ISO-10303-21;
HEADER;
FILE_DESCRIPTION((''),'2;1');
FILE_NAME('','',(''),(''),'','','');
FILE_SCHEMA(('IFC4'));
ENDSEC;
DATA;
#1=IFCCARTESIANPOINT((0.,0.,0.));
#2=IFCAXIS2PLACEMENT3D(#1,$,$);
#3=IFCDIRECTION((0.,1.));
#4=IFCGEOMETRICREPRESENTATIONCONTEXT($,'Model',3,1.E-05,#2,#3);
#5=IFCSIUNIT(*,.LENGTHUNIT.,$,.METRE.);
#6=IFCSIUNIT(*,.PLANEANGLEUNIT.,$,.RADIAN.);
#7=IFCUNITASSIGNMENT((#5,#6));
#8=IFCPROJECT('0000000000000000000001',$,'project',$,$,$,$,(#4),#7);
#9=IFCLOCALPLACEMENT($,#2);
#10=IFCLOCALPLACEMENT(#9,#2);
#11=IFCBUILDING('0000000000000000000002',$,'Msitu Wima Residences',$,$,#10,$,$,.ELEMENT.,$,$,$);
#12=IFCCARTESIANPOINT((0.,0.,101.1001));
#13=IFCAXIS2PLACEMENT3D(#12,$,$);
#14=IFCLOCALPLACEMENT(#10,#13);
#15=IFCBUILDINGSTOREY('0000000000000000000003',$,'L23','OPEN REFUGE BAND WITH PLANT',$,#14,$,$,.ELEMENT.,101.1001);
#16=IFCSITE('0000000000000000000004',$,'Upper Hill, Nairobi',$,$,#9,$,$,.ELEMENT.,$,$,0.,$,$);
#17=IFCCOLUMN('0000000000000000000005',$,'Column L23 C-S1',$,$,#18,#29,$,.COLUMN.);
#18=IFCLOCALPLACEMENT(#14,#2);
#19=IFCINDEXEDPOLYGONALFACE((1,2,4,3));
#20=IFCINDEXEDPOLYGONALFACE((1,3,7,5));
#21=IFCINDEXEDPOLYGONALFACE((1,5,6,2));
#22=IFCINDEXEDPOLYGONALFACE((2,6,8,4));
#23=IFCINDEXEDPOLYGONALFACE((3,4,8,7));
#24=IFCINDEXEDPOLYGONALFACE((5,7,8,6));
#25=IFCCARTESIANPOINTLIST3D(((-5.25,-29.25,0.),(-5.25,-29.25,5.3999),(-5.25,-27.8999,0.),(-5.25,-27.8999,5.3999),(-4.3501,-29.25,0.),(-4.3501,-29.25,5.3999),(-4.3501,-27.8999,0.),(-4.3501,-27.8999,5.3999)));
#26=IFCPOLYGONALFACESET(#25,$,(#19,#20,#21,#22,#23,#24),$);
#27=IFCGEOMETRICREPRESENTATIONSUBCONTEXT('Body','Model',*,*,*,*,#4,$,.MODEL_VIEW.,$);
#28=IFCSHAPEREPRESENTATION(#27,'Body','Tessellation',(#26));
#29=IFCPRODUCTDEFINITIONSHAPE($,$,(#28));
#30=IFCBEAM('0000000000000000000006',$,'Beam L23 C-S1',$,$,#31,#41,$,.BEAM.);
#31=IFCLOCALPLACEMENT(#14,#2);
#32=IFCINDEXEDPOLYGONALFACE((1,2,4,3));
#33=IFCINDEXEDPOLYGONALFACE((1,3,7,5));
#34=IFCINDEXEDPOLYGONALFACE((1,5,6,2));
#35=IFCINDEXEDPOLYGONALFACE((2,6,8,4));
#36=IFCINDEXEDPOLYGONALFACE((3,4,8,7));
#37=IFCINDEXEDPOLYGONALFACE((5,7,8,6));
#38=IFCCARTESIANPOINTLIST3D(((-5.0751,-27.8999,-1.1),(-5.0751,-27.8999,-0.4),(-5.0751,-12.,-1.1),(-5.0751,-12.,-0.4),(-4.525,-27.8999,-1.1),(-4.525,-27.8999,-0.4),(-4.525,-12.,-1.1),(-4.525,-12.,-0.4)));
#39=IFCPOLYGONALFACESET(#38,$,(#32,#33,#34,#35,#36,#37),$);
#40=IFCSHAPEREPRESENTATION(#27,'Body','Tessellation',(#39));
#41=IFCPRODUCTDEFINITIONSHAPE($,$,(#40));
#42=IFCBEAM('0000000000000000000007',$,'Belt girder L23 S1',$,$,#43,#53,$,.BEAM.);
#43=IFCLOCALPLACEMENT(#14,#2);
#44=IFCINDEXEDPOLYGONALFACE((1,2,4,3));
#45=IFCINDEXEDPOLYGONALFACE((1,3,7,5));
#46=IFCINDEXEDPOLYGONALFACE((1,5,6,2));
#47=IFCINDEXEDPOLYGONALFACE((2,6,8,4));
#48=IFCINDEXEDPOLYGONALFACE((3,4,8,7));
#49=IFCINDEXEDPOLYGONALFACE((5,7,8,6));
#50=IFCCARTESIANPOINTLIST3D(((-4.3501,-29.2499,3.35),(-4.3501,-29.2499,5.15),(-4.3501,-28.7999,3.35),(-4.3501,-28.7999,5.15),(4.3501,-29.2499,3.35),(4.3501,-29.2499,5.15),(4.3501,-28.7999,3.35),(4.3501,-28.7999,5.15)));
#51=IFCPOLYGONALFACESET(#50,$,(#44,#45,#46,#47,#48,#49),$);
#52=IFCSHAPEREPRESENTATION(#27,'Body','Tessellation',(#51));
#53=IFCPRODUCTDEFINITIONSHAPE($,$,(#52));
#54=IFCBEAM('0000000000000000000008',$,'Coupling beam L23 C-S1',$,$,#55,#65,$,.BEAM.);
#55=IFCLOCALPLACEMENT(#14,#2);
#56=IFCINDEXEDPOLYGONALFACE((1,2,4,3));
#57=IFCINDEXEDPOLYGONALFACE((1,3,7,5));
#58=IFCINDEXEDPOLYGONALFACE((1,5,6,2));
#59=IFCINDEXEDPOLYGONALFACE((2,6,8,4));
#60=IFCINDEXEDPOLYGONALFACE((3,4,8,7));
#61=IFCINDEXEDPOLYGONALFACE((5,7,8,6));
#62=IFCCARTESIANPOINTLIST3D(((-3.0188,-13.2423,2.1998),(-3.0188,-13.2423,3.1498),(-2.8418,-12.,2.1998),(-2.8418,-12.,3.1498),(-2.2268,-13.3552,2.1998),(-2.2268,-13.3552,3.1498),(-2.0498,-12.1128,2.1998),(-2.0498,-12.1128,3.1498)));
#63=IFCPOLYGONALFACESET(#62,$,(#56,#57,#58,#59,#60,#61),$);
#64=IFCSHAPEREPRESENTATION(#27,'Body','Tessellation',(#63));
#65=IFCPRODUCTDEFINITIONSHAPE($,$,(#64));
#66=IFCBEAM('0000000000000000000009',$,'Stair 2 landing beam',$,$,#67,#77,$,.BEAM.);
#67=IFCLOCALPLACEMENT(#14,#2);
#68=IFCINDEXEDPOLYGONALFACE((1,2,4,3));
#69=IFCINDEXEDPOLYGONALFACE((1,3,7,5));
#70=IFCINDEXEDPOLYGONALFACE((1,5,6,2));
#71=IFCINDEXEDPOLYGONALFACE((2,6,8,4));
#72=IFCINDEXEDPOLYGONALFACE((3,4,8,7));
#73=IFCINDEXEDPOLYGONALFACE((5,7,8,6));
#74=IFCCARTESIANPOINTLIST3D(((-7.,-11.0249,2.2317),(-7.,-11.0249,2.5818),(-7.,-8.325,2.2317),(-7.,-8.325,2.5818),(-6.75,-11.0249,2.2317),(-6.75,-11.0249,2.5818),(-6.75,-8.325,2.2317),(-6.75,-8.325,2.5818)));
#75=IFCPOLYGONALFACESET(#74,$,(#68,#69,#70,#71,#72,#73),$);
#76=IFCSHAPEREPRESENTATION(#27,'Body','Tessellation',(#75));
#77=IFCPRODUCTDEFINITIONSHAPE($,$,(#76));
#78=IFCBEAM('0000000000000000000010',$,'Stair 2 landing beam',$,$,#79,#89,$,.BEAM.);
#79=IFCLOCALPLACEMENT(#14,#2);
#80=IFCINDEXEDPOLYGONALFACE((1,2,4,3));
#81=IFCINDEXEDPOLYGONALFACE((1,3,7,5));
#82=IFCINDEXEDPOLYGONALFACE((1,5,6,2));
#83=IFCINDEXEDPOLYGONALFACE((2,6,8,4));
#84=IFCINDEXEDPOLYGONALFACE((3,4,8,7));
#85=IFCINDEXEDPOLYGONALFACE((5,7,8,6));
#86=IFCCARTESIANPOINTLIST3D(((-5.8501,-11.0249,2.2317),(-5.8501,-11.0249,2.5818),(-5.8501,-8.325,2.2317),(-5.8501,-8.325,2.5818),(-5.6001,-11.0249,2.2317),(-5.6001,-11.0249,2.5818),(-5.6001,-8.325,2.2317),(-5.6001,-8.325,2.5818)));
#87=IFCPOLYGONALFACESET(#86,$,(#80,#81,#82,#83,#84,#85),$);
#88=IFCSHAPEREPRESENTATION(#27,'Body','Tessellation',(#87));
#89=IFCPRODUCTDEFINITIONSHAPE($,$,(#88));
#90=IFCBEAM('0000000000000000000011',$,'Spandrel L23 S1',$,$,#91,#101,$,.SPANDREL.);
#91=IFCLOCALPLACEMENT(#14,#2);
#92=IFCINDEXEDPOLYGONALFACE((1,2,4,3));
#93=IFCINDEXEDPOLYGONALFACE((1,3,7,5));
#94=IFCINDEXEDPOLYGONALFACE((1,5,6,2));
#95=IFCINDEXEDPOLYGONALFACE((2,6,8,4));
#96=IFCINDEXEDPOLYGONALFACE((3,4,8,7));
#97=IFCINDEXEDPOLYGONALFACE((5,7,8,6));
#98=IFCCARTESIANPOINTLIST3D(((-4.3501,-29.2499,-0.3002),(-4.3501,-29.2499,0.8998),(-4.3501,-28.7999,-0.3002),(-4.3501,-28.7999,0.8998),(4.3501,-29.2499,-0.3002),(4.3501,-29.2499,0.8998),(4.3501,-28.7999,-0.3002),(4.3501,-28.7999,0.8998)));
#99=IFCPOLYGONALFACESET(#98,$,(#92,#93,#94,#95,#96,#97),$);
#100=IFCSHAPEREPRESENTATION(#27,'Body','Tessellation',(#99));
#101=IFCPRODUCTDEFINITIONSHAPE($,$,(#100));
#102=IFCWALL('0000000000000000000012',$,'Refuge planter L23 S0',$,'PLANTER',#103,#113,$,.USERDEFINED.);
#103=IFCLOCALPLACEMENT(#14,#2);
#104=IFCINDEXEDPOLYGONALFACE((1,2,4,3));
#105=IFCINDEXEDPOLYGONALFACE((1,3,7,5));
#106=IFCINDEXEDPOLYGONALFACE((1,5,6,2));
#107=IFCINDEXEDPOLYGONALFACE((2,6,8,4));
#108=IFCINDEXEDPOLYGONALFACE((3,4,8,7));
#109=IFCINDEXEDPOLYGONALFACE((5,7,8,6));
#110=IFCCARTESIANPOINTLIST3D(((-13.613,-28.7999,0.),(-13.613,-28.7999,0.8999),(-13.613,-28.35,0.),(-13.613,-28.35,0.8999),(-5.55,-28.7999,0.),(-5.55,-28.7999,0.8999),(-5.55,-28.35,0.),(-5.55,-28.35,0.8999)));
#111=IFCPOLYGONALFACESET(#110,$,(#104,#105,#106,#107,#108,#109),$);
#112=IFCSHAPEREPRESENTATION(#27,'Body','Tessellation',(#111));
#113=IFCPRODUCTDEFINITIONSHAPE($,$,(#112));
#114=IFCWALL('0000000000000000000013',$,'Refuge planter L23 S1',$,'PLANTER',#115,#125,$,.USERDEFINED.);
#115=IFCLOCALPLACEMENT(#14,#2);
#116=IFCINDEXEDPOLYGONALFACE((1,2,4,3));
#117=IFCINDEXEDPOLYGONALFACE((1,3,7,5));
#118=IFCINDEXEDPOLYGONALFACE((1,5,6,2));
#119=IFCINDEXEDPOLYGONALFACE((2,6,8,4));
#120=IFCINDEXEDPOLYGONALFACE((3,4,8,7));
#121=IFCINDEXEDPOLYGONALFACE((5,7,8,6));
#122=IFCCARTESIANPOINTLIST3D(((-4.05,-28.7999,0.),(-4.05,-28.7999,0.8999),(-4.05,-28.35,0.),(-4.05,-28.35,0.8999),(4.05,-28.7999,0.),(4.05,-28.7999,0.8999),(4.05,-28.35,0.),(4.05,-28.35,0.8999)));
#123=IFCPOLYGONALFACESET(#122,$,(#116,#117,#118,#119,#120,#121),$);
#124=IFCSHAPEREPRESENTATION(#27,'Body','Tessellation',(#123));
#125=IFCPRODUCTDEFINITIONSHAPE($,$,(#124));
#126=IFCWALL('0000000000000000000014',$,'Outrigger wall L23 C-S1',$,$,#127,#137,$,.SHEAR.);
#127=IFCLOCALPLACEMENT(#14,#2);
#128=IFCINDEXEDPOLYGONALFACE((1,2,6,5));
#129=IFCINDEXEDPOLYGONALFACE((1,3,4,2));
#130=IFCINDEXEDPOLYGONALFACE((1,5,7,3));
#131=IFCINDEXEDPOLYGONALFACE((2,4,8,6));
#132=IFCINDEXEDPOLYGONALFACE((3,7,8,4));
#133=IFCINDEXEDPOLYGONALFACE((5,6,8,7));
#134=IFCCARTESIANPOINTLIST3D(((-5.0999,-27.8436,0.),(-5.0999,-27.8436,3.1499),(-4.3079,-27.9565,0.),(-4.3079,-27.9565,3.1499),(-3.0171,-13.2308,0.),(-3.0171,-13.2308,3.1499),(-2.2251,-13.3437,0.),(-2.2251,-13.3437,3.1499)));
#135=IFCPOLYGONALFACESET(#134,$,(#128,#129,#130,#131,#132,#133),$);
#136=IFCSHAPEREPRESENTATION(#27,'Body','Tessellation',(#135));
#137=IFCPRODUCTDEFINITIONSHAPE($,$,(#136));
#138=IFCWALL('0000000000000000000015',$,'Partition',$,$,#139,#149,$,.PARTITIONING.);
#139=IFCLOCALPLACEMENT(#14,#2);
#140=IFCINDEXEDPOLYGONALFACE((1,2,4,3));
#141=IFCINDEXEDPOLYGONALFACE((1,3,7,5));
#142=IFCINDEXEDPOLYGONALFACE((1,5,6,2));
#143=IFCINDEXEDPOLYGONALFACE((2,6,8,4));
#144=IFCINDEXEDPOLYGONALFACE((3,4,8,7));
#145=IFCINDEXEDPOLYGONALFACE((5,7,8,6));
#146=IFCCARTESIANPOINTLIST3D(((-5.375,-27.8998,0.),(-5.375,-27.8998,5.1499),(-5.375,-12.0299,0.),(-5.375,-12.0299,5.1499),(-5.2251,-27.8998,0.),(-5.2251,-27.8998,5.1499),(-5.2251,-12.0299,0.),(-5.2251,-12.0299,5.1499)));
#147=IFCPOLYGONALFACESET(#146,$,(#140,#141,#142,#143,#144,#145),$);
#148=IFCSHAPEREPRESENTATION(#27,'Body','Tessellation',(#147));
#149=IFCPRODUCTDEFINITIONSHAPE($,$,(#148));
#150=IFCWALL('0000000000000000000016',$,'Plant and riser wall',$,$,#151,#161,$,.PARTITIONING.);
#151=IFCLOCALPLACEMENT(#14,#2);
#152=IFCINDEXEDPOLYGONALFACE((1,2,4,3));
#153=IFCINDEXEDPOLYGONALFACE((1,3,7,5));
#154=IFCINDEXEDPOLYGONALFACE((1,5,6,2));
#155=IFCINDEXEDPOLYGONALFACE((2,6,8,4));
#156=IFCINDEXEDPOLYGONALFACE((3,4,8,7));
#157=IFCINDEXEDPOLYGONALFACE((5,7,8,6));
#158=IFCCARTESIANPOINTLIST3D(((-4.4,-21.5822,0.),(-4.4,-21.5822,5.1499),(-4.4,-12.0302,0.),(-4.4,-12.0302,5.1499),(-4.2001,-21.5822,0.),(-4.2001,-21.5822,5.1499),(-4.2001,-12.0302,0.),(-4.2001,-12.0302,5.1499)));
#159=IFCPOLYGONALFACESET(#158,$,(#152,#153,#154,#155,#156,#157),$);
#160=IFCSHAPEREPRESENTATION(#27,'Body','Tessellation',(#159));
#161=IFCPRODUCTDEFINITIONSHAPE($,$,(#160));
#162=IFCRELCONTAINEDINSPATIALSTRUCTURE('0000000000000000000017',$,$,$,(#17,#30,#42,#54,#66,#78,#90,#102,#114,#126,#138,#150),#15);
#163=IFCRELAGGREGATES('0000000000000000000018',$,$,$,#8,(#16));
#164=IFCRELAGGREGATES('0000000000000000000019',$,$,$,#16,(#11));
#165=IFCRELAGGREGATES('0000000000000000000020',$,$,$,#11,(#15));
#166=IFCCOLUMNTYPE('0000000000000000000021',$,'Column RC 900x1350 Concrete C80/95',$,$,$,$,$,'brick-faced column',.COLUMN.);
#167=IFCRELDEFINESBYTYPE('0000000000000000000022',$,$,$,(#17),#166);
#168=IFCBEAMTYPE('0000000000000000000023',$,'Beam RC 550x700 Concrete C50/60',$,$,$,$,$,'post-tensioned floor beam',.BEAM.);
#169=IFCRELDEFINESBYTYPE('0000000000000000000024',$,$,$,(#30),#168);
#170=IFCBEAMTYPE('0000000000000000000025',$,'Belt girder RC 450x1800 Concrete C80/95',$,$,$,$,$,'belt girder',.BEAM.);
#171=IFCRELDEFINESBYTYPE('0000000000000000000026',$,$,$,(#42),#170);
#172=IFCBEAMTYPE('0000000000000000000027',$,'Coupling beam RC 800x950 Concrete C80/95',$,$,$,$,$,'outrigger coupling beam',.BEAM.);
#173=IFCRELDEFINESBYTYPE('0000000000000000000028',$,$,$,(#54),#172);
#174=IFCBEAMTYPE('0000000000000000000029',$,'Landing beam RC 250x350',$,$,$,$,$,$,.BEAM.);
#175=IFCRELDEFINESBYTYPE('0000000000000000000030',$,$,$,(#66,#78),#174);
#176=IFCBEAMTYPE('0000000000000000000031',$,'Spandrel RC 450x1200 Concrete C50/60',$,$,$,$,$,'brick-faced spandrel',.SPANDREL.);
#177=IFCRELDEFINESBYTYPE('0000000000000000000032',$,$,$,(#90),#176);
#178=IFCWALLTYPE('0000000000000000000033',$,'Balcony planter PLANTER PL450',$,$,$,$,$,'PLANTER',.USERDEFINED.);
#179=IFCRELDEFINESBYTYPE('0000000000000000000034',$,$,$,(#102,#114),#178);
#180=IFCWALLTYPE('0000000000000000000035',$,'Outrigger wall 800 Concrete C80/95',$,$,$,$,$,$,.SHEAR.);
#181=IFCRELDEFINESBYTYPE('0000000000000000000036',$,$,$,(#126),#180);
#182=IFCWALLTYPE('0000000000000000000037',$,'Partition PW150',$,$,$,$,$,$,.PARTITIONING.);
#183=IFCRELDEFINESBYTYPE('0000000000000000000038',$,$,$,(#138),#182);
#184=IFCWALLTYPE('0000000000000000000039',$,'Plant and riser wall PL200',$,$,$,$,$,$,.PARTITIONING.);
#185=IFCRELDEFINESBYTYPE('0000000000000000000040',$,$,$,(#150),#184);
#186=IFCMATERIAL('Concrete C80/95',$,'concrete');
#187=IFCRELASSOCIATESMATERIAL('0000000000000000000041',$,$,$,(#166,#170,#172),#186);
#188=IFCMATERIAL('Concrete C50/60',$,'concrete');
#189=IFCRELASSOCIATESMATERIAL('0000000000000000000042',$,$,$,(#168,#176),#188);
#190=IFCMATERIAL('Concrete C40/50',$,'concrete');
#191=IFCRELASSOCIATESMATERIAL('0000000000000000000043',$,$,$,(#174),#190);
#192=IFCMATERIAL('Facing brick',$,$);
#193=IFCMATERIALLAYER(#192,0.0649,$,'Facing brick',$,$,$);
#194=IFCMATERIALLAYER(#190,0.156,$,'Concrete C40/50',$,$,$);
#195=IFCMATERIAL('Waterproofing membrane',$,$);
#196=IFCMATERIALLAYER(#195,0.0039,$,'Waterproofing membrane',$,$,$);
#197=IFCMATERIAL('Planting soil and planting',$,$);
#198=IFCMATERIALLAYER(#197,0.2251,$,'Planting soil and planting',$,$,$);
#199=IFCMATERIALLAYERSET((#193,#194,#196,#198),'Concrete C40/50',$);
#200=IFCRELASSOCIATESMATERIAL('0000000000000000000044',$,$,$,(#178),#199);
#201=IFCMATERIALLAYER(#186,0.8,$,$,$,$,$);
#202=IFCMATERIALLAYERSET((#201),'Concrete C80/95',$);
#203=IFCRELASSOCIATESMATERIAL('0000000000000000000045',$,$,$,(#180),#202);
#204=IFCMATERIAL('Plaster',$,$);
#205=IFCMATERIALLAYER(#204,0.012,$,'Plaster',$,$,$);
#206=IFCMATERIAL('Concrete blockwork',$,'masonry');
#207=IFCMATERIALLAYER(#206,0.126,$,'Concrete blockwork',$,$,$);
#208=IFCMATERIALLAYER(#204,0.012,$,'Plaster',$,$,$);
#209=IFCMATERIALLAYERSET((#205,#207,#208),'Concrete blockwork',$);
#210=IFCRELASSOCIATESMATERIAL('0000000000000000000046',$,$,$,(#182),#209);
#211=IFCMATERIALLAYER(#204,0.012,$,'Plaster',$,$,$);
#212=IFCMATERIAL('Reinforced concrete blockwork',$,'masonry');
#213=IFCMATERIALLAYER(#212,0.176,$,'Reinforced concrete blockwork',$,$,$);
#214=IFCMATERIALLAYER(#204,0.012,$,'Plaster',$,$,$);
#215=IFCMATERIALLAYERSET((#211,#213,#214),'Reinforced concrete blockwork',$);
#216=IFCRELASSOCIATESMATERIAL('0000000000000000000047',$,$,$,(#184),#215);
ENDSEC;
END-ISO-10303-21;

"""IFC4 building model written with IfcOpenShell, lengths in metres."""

from ifc_helpers import new_model, si_unit, direction, frame, frame_2d, origin, origin_2d, place, context, subcontext, project, spatial, rectangle, extrude, material, layer, layer_set, material_profile, profile_set, type_object, element, save


model = new_model("IFC4")

# Units and contexts
model_context = context("Model", 3, precision=1e-05, world=origin(), true_north=direction((0.0, 1.0)))
body_context = subcontext(model_context, "Body", "Model", "MODEL_VIEW")
ifc_project = project(units=[si_unit("LENGTHUNIT", "METRE"), si_unit("PLANEANGLEUNIT", "RADIAN")], contexts=[model_context])

# Site, building, storey
site_placement = place(None, origin())
site = spatial("IfcSite", under=ifc_project, at=site_placement, Name="Upper Hill, Nairobi", CompositionType="ELEMENT", RefElevation=0.0)
building_placement = place(site_placement, origin())
building = spatial("IfcBuilding", under=site, at=building_placement, Name="Msitu Wima Residences", CompositionType="ELEMENT")
storey_placement = place(building_placement, frame((0.0, 0.0, 101.1001)))
storey = spatial("IfcBuildingStorey", under=building, at=storey_placement, Name="L23", Description="OPEN REFUGE BAND WITH PLANT", CompositionType="ELEMENT", Elevation=101.1001)

# Column
ifc_material_1 = material(Name="Concrete C80/95", Category="concrete")
ifc_material_profile_1 = material_profile(ifc_material_1, rectangle(XDim=0.8999, YDim=1.3501, at=origin_2d()), Name="RC 900x1350")
ifc_profile_set_1 = profile_set([ifc_material_profile_1], Name="Concrete C80/95")
column_type = type_object("IfcColumnType", Name="Column RC 900x1350 Concrete C80/95", ElementType="brick-faced column", PredefinedType="COLUMN", material=ifc_profile_set_1)
column_placement = place(storey_placement, frame((-4.8, -28.575, 0.0), z_axis=(0.0, 0.0, 1.0), x_axis=(1.0, 0.0, 0.0)))
element("IfcColumn", 1, at=column_placement, inside=storey, type_object=column_type, Name="Column L23 C-S1", PredefinedType="COLUMN", context=body_context, shape_type="SweptSolid", body=[
    extrude(rectangle(XDim=0.8999, YDim=1.3501, at=origin_2d()), origin(), (0.0, 0.0, 1.0), 5.3999),
])

# Beams
ifc_material_2 = material(Name="Concrete C50/60", Category="concrete")
ifc_material_profile_2 = material_profile(ifc_material_2, rectangle(XDim=0.55, YDim=0.7, at=origin_2d()), Name="RC 550x700")
ifc_profile_set_2 = profile_set([ifc_material_profile_2], Name="Concrete C50/60")
beam_type_1 = type_object("IfcBeamType", Name="Beam RC 550x700 Concrete C50/60", ElementType="post-tensioned floor beam", PredefinedType="BEAM", material=ifc_profile_set_2)
beam_1_placement = place(storey_placement, frame((-4.8, -27.8999, -0.75), z_axis=(0.0, 1.0, 0.0), x_axis=(-1.0, 0.0, 0.0)))
element("IfcBeam", 2, at=beam_1_placement, inside=storey, type_object=beam_type_1, Name="Beam L23 C-S1", PredefinedType="BEAM", context=body_context, shape_type="SweptSolid", body=[
    extrude(rectangle(XDim=0.55, YDim=0.7, at=origin_2d()), origin(), (0.0, 0.0, 1.0), 15.8999),
])
ifc_material_profile_3 = material_profile(ifc_material_1, rectangle(XDim=0.45, YDim=1.8, at=origin_2d()), Name="RC 450x1800")
ifc_profile_set_3 = profile_set([ifc_material_profile_3], Name="Concrete C80/95")
beam_type_2 = type_object("IfcBeamType", Name="Belt girder RC 450x1800 Concrete C80/95", ElementType="belt girder", PredefinedType="BEAM", material=ifc_profile_set_3)
beam_2_placement = place(storey_placement, frame((-4.3501, -29.0249, 4.25), z_axis=(1.0, 0.0, 0.0), x_axis=(0.0, 1.0, 0.0)))
element("IfcBeam", 3, at=beam_2_placement, inside=storey, type_object=beam_type_2, Name="Belt girder L23 S1", PredefinedType="BEAM", context=body_context, shape_type="SweptSolid", body=[
    extrude(rectangle(XDim=0.45, YDim=1.8, at=origin_2d()), origin(), (0.0, 0.0, 1.0), 8.7002),
])
ifc_material_profile_4 = material_profile(ifc_material_1, rectangle(XDim=0.8, YDim=0.95, at=origin_2d()), Name="RC 800x950")
ifc_profile_set_4 = profile_set([ifc_material_profile_4], Name="Concrete C80/95")
beam_type_3 = type_object("IfcBeamType", Name="Coupling beam RC 800x950 Concrete C80/95", ElementType="outrigger coupling beam", PredefinedType="BEAM", material=ifc_profile_set_4)
beam_3_placement = place(storey_placement, frame((-2.4458, -12.0564, 2.6748), z_axis=(-0.14104, -0.990004, 0.0), x_axis=(0.990004, -0.14104, 0.0)))
element("IfcBeam", 4, at=beam_3_placement, inside=storey, type_object=beam_type_3, Name="Coupling beam L23 C-S1", PredefinedType="BEAM", context=body_context, shape_type="SweptSolid", body=[
    extrude(rectangle(XDim=0.8, YDim=0.95, at=origin_2d()), origin(), (0.0, 0.0, 1.0), 1.2549),
])
ifc_material_3 = material(Name="Concrete C40/50", Category="concrete")
ifc_material_profile_5 = material_profile(ifc_material_3, rectangle(XDim=0.25, YDim=0.3501, at=origin_2d()), Name="RC 250x350")
ifc_profile_set_5 = profile_set([ifc_material_profile_5], Name="Concrete C40/50")
beam_type_4 = type_object("IfcBeamType", Name="Landing beam RC 250x350", PredefinedType="BEAM", material=ifc_profile_set_5)
for number, where, z_axis, x_axis, name in (
    (5, (-6.875, -11.0249, 2.4067), (0.0, 1.0, 0.0), (-1.0, 0.0, 0.0), "Stair 2 landing beam"),
    (6, (-5.7251, -11.0249, 2.4067), (0.0, 1.0, 0.0), (-1.0, 0.0, 0.0), "Stair 2 landing beam"),
):
    element("IfcBeam", number, at=place(storey_placement, frame(where, z_axis=z_axis, x_axis=x_axis)), inside=storey, type_object=beam_type_4, Name=name, PredefinedType="BEAM", context=body_context, shape_type="SweptSolid", body=[
        extrude(rectangle(XDim=0.25, YDim=0.3501, at=origin_2d()), origin(), (0.0, 0.0, 1.0), 2.7),
    ])
ifc_material_profile_6 = material_profile(ifc_material_2, rectangle(XDim=0.45, YDim=1.2, at=origin_2d()), Name="RC 450x1200")
ifc_profile_set_6 = profile_set([ifc_material_profile_6], Name="Concrete C50/60")
beam_type_5 = type_object("IfcBeamType", Name="Spandrel RC 450x1200 Concrete C50/60", ElementType="brick-faced spandrel", PredefinedType="SPANDREL", material=ifc_profile_set_6)
beam_4_placement = place(storey_placement, frame((-4.3501, -29.0249, 0.2998), z_axis=(1.0, 0.0, 0.0), x_axis=(0.0, 1.0, 0.0)))
element("IfcBeam", 7, at=beam_4_placement, inside=storey, type_object=beam_type_5, Name="Spandrel L23 S1", PredefinedType="SPANDREL", context=body_context, shape_type="SweptSolid", body=[
    extrude(rectangle(XDim=0.45, YDim=1.2, at=origin_2d()), origin(), (0.0, 0.0, 1.0), 8.7002),
])

# Walls
ifc_material_4 = material(Name="Facing brick")
ifc_layer_1 = layer(ifc_material_4, 0.0649, Name="Facing brick")
ifc_layer_2 = layer(ifc_material_3, 0.156, Name="Concrete C40/50")
ifc_material_5 = material(Name="Waterproofing membrane")
ifc_layer_3 = layer(ifc_material_5, 0.0039, Name="Waterproofing membrane")
ifc_material_6 = material(Name="Planting soil and planting")
ifc_layer_4 = layer(ifc_material_6, 0.2251, Name="Planting soil and planting")
ifc_layer_set_1 = layer_set([ifc_layer_1, ifc_layer_2, ifc_layer_3, ifc_layer_4], Name="Concrete C40/50")
wall_type_1 = type_object("IfcWallType", Name="Balcony planter PLANTER PL450", ElementType="PLANTER", PredefinedType="USERDEFINED", material=ifc_layer_set_1)
wall_1_placement = place(storey_placement, frame((-13.613, -28.575, 0.0), z_axis=(0.0, 0.0, 1.0), x_axis=(1.0, 0.0, 0.0)))
element("IfcWall", 8, at=wall_1_placement, inside=storey, type_object=wall_type_1, Name="Refuge planter L23 S0", ObjectType="PLANTER", PredefinedType="USERDEFINED", context=body_context, shape_type="SweptSolid", body=[
    extrude(rectangle(XDim=8.063, YDim=0.45, at=frame_2d((4.0315, 0.0))), origin(), (0.0, 0.0, 1.0), 0.8999),
])
wall_2_placement = place(storey_placement, frame((-4.05, -28.575, 0.0), z_axis=(0.0, 0.0, 1.0), x_axis=(1.0, 0.0, 0.0)))
element("IfcWall", 9, at=wall_2_placement, inside=storey, type_object=wall_type_1, Name="Refuge planter L23 S1", ObjectType="PLANTER", PredefinedType="USERDEFINED", context=body_context, shape_type="SweptSolid", body=[
    extrude(rectangle(XDim=8.1001, YDim=0.45, at=frame_2d((4.05, 0.0))), origin(), (0.0, 0.0, 1.0), 0.8999),
])

# Walls
ifc_layer_5 = layer(ifc_material_1, 0.8)
ifc_layer_set_2 = layer_set([ifc_layer_5], Name="Concrete C80/95")
wall_type_2 = type_object("IfcWallType", Name="Outrigger wall 800 Concrete C80/95", PredefinedType="SHEAR", material=ifc_layer_set_2)
wall_3_placement = place(storey_placement, frame((-2.6211, -13.2871, 0.0), z_axis=(0.0, 0.0, 1.0), x_axis=(-0.141104, -0.989995, 0.0)))
element("IfcWall", 10, at=wall_3_placement, inside=storey, type_object=wall_type_2, Name="Outrigger wall L23 C-S1", PredefinedType="SHEAR", context=body_context, shape_type="SweptSolid", body=[
    extrude(rectangle(XDim=14.7605, YDim=0.8, at=frame_2d((7.3804, 0.0))), origin(), (0.0, 0.0, 1.0), 3.1499),
])
ifc_material_7 = material(Name="Plaster")
ifc_layer_6 = layer(ifc_material_7, 0.012, Name="Plaster")
ifc_material_8 = material(Name="Concrete blockwork", Category="masonry")
ifc_layer_7 = layer(ifc_material_8, 0.126, Name="Concrete blockwork")
ifc_layer_8 = layer(ifc_material_7, 0.012, Name="Plaster")
ifc_layer_set_3 = layer_set([ifc_layer_6, ifc_layer_7, ifc_layer_8], Name="Concrete blockwork")
wall_type_3 = type_object("IfcWallType", Name="Partition PW150", PredefinedType="PARTITIONING", material=ifc_layer_set_3)
wall_4_placement = place(storey_placement, frame((-5.3, -27.8999, 0.0), z_axis=(0.0, 0.0, 1.0), x_axis=(0.0, 1.0, 0.0)))
element("IfcWall", 11, at=wall_4_placement, inside=storey, type_object=wall_type_3, Name="Partition", PredefinedType="PARTITIONING", context=body_context, shape_type="SweptSolid", body=[
    extrude(rectangle(XDim=15.8699, YDim=0.1499, at=frame_2d((7.9351, 0.0))), origin(), (0.0, 0.0, 1.0), 5.1499),
])
ifc_layer_9 = layer(ifc_material_7, 0.012, Name="Plaster")
ifc_material_9 = material(Name="Reinforced concrete blockwork", Category="masonry")
ifc_layer_10 = layer(ifc_material_9, 0.176, Name="Reinforced concrete blockwork")
ifc_layer_11 = layer(ifc_material_7, 0.012, Name="Plaster")
ifc_layer_set_4 = layer_set([ifc_layer_9, ifc_layer_10, ifc_layer_11], Name="Reinforced concrete blockwork")
wall_type_4 = type_object("IfcWallType", Name="Plant and riser wall PL200", PredefinedType="PARTITIONING", material=ifc_layer_set_4)
wall_5_placement = place(storey_placement, frame((-4.3, -21.582, 0.0), z_axis=(0.0, 0.0, 1.0), x_axis=(0.0, 1.0, 0.0)))
element("IfcWall", 12, at=wall_5_placement, inside=storey, type_object=wall_type_4, Name="Plant and riser wall", PredefinedType="PARTITIONING", context=body_context, shape_type="SweptSolid", body=[
    extrude(rectangle(XDim=9.552, YDim=0.2, at=frame_2d((4.7759, 0.0))), origin(), (0.0, 0.0, 1.0), 5.1499),
])

save(model, "model.ifc")
